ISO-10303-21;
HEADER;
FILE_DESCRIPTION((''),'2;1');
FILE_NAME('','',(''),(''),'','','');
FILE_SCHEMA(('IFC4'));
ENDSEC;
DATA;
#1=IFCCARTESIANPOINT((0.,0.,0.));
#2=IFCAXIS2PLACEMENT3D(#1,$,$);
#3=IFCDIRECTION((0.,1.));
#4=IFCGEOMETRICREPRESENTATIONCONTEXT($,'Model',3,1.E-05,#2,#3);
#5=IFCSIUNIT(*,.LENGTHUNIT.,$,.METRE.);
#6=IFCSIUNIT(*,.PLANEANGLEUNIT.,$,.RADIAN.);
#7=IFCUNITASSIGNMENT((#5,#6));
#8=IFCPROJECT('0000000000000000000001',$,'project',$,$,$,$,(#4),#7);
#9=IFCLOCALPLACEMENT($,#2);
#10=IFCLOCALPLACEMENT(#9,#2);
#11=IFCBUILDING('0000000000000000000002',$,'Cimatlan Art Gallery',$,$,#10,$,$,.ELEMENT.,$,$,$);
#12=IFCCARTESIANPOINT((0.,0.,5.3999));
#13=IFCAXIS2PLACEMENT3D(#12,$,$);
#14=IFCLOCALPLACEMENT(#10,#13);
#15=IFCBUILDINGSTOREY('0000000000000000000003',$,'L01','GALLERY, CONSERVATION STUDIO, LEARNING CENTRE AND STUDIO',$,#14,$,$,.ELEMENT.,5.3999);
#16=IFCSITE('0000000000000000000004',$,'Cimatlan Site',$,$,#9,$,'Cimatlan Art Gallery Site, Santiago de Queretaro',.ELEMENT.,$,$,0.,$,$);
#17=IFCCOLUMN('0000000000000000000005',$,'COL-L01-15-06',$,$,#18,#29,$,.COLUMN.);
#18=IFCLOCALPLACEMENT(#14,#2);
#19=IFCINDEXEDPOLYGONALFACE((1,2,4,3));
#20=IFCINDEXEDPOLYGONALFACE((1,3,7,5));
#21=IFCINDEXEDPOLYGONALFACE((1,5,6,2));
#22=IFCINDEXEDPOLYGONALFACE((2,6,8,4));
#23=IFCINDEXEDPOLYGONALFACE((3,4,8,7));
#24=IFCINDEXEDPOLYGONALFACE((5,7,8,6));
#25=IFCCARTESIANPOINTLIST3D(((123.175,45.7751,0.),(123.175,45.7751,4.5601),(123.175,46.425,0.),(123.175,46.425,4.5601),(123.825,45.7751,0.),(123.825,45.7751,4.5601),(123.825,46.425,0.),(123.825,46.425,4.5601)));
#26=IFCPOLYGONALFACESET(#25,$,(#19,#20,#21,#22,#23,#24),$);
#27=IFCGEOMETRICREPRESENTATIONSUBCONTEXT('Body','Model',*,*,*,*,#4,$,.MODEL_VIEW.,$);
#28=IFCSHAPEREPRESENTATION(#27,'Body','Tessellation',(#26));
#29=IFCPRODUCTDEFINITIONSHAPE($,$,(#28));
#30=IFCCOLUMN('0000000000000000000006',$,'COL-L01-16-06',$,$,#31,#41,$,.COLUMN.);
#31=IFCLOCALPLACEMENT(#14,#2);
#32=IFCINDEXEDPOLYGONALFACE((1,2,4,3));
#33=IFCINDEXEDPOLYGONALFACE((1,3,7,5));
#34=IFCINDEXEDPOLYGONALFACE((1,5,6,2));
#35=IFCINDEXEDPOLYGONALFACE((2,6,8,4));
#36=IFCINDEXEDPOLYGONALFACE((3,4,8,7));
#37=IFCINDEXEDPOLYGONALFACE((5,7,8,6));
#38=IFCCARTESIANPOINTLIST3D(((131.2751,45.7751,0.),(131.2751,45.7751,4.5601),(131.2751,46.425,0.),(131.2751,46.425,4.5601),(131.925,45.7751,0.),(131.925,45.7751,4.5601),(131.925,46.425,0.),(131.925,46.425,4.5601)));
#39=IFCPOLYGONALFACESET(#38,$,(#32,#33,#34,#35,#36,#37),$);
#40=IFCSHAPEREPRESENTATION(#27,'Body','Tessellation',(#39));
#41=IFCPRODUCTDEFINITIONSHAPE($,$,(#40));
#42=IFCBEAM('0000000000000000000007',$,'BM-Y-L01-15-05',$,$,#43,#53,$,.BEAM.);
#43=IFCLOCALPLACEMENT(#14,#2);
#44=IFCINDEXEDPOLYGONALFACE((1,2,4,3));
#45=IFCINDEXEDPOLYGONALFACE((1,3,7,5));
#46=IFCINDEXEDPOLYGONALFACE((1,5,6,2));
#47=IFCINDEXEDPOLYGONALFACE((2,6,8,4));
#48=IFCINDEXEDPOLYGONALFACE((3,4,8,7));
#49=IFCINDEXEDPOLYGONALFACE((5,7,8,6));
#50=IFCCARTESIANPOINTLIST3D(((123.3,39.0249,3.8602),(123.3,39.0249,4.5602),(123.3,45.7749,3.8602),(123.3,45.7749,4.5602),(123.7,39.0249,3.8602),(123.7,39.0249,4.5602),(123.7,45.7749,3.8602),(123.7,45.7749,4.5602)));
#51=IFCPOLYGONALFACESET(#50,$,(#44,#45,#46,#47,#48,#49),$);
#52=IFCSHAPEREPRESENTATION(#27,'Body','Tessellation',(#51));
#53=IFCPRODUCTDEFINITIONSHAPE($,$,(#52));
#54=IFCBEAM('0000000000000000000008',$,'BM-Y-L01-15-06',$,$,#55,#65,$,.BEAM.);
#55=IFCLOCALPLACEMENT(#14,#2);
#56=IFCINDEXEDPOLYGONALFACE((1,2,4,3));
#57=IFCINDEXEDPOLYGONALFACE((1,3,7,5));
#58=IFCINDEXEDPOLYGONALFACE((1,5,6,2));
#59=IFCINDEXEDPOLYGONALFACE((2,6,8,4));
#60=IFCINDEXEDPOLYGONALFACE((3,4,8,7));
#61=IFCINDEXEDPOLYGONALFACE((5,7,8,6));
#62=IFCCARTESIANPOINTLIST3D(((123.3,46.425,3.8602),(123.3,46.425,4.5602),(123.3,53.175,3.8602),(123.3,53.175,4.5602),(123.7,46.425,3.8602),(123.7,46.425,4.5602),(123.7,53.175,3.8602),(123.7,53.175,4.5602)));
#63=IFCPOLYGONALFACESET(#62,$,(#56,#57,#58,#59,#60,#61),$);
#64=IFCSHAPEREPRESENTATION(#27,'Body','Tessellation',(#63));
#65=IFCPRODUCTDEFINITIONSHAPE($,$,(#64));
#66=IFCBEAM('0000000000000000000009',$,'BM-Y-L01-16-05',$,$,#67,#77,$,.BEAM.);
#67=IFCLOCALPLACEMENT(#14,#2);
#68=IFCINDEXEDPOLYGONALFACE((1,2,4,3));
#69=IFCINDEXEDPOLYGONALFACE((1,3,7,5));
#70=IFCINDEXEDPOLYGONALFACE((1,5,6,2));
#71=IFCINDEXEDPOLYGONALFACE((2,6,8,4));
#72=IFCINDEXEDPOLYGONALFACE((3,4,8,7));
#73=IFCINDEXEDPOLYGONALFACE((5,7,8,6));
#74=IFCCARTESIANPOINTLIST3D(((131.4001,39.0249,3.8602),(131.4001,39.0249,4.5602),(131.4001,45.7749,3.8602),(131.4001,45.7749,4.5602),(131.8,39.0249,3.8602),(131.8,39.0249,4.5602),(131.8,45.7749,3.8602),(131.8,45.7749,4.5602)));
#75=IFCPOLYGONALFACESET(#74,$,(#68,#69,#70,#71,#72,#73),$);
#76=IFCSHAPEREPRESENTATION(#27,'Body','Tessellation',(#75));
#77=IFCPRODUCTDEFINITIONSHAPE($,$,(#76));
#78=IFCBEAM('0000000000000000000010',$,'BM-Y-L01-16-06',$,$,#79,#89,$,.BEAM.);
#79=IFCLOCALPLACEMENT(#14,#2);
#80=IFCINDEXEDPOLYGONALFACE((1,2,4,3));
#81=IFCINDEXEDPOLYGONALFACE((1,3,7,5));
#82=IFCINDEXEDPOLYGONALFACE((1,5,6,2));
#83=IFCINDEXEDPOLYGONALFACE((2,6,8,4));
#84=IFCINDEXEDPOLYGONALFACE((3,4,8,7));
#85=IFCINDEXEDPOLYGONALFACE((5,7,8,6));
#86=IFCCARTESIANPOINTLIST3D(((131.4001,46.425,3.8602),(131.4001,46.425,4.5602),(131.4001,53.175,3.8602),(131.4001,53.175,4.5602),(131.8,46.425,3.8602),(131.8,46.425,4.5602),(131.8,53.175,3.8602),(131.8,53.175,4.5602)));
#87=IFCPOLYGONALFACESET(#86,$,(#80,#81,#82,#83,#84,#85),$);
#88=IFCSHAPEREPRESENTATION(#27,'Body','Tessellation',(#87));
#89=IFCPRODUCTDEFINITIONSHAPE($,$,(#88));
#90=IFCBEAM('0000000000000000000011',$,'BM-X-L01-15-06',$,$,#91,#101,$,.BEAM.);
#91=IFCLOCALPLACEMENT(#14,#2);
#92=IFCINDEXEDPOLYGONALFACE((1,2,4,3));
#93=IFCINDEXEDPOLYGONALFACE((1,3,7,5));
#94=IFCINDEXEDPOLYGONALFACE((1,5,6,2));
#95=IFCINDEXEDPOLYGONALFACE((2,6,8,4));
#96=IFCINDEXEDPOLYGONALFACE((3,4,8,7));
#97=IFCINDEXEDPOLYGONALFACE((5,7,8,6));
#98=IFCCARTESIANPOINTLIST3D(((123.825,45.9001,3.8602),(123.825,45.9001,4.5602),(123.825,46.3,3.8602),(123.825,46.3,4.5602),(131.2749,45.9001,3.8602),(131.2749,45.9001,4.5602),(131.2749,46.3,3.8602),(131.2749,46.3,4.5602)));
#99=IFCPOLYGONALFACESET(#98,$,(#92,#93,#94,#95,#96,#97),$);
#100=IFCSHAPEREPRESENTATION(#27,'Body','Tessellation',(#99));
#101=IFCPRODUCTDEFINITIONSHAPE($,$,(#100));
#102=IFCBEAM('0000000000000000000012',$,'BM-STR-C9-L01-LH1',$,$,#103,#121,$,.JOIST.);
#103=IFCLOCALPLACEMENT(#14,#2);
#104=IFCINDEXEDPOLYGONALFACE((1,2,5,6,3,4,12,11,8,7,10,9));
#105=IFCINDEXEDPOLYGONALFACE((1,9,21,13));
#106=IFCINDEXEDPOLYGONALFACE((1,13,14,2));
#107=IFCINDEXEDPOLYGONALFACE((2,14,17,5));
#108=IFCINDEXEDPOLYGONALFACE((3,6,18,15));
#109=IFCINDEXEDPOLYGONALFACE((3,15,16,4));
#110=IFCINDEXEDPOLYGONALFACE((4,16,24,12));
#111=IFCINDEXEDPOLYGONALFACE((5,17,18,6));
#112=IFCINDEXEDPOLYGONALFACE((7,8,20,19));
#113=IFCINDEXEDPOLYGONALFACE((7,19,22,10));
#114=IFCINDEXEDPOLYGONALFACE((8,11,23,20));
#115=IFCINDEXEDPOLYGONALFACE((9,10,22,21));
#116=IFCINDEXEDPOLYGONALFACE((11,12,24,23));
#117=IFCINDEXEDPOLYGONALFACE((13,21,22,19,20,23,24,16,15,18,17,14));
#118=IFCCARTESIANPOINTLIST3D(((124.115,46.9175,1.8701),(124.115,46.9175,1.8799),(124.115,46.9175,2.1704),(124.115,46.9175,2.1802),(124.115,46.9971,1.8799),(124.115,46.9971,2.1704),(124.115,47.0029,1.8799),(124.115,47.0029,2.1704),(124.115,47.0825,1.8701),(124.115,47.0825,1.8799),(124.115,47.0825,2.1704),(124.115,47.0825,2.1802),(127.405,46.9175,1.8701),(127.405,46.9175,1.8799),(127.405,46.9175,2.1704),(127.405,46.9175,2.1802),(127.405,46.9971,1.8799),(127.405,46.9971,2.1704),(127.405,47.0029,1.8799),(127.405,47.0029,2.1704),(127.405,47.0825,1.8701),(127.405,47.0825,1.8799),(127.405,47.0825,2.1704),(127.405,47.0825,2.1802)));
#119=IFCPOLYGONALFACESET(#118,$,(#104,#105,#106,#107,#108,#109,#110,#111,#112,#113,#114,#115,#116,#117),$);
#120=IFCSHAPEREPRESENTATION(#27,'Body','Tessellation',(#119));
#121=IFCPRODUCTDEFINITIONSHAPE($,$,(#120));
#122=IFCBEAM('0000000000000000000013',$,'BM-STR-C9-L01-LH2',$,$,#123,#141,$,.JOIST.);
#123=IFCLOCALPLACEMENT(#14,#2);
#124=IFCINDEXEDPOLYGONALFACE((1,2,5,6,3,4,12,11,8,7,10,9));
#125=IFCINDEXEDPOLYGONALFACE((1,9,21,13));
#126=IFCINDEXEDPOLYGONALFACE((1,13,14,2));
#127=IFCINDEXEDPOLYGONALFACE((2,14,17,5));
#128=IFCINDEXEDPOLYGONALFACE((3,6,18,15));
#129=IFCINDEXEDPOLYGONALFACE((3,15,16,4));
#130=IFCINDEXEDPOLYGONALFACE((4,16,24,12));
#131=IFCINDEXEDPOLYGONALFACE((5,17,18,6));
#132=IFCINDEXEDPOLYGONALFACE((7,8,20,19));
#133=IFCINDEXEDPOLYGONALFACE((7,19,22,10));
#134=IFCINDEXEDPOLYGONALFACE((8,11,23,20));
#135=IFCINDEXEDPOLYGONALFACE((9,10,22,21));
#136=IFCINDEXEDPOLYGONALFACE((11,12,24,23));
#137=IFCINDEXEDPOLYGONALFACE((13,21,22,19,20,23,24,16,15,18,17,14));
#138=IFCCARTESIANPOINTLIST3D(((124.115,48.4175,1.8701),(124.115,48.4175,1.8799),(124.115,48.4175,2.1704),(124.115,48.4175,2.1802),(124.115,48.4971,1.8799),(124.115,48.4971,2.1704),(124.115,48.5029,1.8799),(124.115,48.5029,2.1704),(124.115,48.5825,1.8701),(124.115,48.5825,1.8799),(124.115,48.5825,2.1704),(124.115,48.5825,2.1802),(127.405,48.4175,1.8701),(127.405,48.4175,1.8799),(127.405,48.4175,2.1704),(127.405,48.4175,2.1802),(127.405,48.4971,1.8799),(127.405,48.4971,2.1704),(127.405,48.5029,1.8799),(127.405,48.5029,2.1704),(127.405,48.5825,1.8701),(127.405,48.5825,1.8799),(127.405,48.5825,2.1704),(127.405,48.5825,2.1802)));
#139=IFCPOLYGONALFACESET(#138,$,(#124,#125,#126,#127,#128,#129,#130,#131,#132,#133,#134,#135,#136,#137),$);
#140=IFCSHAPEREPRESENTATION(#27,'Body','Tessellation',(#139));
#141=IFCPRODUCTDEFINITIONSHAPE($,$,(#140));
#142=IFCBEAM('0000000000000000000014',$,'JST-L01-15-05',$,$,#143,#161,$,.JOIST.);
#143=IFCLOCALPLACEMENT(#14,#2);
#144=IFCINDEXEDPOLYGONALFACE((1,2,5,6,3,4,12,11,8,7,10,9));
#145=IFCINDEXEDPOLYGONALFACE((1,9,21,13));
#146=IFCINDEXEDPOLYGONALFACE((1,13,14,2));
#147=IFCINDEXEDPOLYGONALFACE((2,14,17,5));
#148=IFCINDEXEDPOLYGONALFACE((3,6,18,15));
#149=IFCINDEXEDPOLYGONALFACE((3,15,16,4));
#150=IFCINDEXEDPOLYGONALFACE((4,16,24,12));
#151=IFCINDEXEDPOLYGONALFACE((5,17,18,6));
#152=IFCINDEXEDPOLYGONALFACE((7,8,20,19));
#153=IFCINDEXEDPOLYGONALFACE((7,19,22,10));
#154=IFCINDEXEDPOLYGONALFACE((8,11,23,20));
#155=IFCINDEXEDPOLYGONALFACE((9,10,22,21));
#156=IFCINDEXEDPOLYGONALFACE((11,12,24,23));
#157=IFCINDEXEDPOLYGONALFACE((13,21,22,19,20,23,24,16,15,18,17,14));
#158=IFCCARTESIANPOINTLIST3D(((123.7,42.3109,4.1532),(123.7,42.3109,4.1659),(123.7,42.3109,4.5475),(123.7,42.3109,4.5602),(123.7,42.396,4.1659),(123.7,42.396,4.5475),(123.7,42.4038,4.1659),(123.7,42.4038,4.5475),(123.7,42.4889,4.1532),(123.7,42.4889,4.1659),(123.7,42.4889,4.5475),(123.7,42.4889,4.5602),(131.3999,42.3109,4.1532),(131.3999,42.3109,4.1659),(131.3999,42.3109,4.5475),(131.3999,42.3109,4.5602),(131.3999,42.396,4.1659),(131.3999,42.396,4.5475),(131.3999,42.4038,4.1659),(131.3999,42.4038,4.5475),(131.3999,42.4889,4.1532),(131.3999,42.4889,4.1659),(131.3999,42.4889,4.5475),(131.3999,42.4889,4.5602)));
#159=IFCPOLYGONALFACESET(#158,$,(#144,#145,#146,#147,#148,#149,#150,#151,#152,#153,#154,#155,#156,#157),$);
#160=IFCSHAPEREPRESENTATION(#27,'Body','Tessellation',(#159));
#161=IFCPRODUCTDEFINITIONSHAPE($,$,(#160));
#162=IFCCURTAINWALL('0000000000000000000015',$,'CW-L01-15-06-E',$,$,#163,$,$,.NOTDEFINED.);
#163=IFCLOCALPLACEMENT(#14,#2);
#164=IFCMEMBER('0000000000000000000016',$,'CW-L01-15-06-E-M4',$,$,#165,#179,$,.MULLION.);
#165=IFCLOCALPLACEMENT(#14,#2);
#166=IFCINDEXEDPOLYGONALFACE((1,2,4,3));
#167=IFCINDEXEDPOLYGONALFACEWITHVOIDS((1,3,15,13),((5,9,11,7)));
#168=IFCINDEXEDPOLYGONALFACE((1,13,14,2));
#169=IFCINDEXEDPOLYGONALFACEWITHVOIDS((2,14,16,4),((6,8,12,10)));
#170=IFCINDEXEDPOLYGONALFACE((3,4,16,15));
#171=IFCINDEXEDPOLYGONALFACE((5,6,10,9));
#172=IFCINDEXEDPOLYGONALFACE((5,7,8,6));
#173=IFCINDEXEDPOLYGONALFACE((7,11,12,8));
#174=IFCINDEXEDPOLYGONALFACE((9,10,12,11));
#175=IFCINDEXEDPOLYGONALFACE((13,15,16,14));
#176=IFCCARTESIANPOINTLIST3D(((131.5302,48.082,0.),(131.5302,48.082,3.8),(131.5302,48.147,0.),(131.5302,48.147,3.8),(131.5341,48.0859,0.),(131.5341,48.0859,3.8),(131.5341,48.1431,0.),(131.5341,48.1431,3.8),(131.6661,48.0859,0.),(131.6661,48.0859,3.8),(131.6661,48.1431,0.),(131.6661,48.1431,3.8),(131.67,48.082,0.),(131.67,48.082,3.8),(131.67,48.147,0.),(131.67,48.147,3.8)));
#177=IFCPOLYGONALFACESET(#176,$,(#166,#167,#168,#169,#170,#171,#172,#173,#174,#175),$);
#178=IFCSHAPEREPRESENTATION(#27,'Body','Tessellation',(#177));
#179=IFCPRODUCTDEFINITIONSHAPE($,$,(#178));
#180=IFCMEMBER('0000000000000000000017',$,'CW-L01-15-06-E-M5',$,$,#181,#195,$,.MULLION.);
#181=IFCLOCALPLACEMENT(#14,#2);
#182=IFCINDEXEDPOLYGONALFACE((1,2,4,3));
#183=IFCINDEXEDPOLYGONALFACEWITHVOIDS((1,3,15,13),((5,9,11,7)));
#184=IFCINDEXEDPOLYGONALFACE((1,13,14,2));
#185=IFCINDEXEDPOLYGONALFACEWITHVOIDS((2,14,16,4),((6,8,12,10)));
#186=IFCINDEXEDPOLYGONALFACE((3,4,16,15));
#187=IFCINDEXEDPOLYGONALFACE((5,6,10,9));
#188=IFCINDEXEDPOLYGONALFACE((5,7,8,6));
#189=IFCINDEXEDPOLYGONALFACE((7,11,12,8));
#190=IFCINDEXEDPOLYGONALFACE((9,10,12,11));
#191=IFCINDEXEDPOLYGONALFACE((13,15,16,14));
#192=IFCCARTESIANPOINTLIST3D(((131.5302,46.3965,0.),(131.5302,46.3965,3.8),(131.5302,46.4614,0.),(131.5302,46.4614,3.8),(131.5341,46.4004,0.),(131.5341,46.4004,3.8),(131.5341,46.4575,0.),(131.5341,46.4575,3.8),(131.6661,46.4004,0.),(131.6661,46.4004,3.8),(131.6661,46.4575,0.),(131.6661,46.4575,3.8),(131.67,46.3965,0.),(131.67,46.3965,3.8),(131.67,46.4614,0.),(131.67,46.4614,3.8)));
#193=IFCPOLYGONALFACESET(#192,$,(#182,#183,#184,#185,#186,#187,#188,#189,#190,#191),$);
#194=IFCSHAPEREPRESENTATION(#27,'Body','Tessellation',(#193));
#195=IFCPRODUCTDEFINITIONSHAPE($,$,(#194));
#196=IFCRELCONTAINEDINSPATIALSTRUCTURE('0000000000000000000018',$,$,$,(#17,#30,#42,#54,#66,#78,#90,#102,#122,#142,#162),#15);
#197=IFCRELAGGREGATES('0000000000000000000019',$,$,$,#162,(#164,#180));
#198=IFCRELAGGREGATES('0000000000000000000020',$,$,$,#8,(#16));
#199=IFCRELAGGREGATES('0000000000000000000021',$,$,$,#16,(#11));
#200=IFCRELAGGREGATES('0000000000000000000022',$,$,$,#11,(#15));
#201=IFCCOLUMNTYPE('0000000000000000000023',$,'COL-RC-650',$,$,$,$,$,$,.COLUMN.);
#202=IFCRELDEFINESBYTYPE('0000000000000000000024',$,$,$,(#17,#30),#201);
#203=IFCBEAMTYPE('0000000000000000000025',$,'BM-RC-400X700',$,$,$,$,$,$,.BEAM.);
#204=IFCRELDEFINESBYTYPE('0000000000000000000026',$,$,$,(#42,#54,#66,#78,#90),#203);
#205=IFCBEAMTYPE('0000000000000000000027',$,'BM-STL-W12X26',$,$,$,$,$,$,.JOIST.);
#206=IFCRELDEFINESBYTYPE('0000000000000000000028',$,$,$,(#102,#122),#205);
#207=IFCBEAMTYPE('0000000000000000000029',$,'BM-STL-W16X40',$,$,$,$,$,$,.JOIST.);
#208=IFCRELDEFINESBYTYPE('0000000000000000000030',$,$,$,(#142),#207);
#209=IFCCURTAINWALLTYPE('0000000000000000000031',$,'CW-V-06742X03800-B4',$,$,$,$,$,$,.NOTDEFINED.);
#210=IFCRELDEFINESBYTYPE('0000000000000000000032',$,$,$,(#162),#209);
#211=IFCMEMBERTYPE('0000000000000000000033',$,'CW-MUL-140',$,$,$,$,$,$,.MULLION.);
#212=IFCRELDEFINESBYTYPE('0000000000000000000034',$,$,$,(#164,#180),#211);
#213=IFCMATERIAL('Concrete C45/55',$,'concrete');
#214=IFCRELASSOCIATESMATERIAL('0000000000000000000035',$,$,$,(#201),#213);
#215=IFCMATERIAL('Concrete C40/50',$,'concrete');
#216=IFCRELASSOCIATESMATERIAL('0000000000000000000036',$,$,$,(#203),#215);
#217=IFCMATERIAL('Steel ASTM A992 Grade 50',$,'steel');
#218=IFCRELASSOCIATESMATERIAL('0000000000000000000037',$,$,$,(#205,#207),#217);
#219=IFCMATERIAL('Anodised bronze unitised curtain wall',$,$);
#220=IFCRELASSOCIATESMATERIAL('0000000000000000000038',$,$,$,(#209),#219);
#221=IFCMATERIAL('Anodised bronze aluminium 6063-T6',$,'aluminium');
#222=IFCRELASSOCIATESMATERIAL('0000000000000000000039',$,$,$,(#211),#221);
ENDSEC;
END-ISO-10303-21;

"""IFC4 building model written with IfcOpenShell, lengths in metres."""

from ifc_helpers import new_model, si_unit, direction, frame, origin, origin_2d, place, context, subcontext, project, spatial, rectangle, hollow_rectangle, i_section, extrude, material, material_profile, profile_set, type_object, element, aggregate, save


model = new_model("IFC4")

# Units and contexts
model_context = context("Model", 3, precision=1e-05, world=origin(), true_north=direction((0.0, 1.0)))
body_context = subcontext(model_context, "Body", "Model", "MODEL_VIEW")
ifc_project = project(units=[si_unit("LENGTHUNIT", "METRE"), si_unit("PLANEANGLEUNIT", "RADIAN")], contexts=[model_context])

# Site, building, storey
site_placement = place(None, origin())
site = spatial("IfcSite", under=ifc_project, at=site_placement, Name="Cimatlan Site", LongName="Cimatlan Art Gallery Site, Santiago de Queretaro", CompositionType="ELEMENT", RefElevation=0.0)
building_placement = place(site_placement, origin())
building = spatial("IfcBuilding", under=site, at=building_placement, Name="Cimatlan Art Gallery", CompositionType="ELEMENT")
storey_placement = place(building_placement, frame((0.0, 0.0, 5.3999)))
storey = spatial("IfcBuildingStorey", under=building, at=storey_placement, Name="L01", Description="GALLERY, CONSERVATION STUDIO, LEARNING CENTRE AND STUDIO", CompositionType="ELEMENT", Elevation=5.3999)

# Columns
ifc_material_1 = material(Name="Concrete C45/55", Category="concrete")
ifc_material_profile_1 = material_profile(ifc_material_1, rectangle(XDim=0.6499, YDim=0.6499, at=origin_2d()), Name="RC650X650")
ifc_profile_set_1 = profile_set([ifc_material_profile_1], Name="Concrete C45/55")
column_type = type_object("IfcColumnType", Name="COL-RC-650", PredefinedType="COLUMN", material=ifc_profile_set_1)
for number, where, z_axis, x_axis, name in (
    (1, (123.5, 46.1001, 0.0), (0.0, 0.0, 1.0), (1.0, 0.0, 0.0), "COL-L01-15-06"),
    (2, (131.6001, 46.1001, 0.0), (0.0, 0.0, 1.0), (1.0, 0.0, 0.0), "COL-L01-16-06"),
):
    element("IfcColumn", number, at=place(storey_placement, frame(where, z_axis=z_axis, x_axis=x_axis)), inside=storey, type_object=column_type, Name=name, PredefinedType="COLUMN", context=body_context, shape_type="SweptSolid", body=[
        extrude(rectangle(XDim=0.6499, YDim=0.6499, at=origin_2d()), origin(), (0.0, 0.0, 1.0), 4.5601),
    ])

# Beams
ifc_material_2 = material(Name="Concrete C40/50", Category="concrete")
ifc_material_profile_2 = material_profile(ifc_material_2, rectangle(XDim=0.3999, YDim=0.7, at=origin_2d()), Name="RC400X700")
ifc_profile_set_2 = profile_set([ifc_material_profile_2], Name="Concrete C40/50")
beam_type_1 = type_object("IfcBeamType", Name="BM-RC-400X700", PredefinedType="BEAM", material=ifc_profile_set_2)
for number, where, z_axis, x_axis, name in (
    (3, (123.5, 39.0249, 4.2102), (0.0, 1.0, 0.0), (-1.0, 0.0, 0.0), "BM-Y-L01-15-05"),
    (4, (123.5, 46.425, 4.2102), (0.0, 1.0, 0.0), (-1.0, 0.0, 0.0), "BM-Y-L01-15-06"),
    (5, (131.6001, 39.0249, 4.2102), (0.0, 1.0, 0.0), (-1.0, 0.0, 0.0), "BM-Y-L01-16-05"),
    (6, (131.6001, 46.425, 4.2102), (0.0, 1.0, 0.0), (-1.0, 0.0, 0.0), "BM-Y-L01-16-06"),
):
    element("IfcBeam", number, at=place(storey_placement, frame(where, z_axis=z_axis, x_axis=x_axis)), inside=storey, type_object=beam_type_1, Name=name, PredefinedType="BEAM", context=body_context, shape_type="SweptSolid", body=[
        extrude(rectangle(XDim=0.3999, YDim=0.7, at=origin_2d()), origin(), (0.0, 0.0, 1.0), 6.75),
    ])
beam_1_placement = place(storey_placement, frame((123.825, 46.1001, 4.2102), z_axis=(1.0, 0.0, 0.0), x_axis=(0.0, 1.0, 0.0)))
element("IfcBeam", 7, at=beam_1_placement, inside=storey, type_object=beam_type_1, Name="BM-X-L01-15-06", PredefinedType="BEAM", context=body_context, shape_type="SweptSolid", body=[
    extrude(rectangle(XDim=0.3999, YDim=0.7, at=origin_2d()), origin(), (0.0, 0.0, 1.0), 7.45),
])
ifc_material_3 = material(Name="Steel ASTM A992 Grade 50", Category="steel")
ifc_material_profile_3 = material_profile(ifc_material_3, i_section(OverallWidth=0.165, OverallDepth=0.3101, WebThickness=0.0059, FlangeThickness=0.0098, at=origin_2d()), Name="W12X26")
ifc_profile_set_3 = profile_set([ifc_material_profile_3], Name="Steel ASTM A992 Grade 50")
beam_type_2 = type_object("IfcBeamType", Name="BM-STL-W12X26", PredefinedType="JOIST", material=ifc_profile_set_3)
for number, where, z_axis, x_axis, name in (
    (8, (124.115, 47.0, 2.0251), (1.0, 0.0, 0.0), (0.0, 1.0, 0.0), "BM-STR-C9-L01-LH1"),
    (9, (124.115, 48.5, 2.0251), (1.0, 0.0, 0.0), (0.0, 1.0, 0.0), "BM-STR-C9-L01-LH2"),
):
    element("IfcBeam", number, at=place(storey_placement, frame(where, z_axis=z_axis, x_axis=x_axis)), inside=storey, type_object=beam_type_2, Name=name, PredefinedType="JOIST", context=body_context, shape_type="SweptSolid", body=[
        extrude(i_section(OverallWidth=0.165, OverallDepth=0.3101, WebThickness=0.0059, FlangeThickness=0.0098, at=origin_2d()), origin(), (0.0, 0.0, 1.0), 3.29),
    ])
ifc_material_profile_4 = material_profile(ifc_material_3, i_section(OverallWidth=0.178, OverallDepth=0.407, WebThickness=0.0078, FlangeThickness=0.0127, at=origin_2d()), Name="W16X40")
ifc_profile_set_4 = profile_set([ifc_material_profile_4], Name="Steel ASTM A992 Grade 50")
beam_type_3 = type_object("IfcBeamType", Name="BM-STL-W16X40", PredefinedType="JOIST", material=ifc_profile_set_4)
beam_2_placement = place(storey_placement, frame((123.7, 42.3999, 4.3567), z_axis=(1.0, 0.0, 0.0), x_axis=(0.0, 1.0, 0.0)))
element("IfcBeam", 10, at=beam_2_placement, inside=storey, type_object=beam_type_3, Name="JST-L01-15-05", PredefinedType="JOIST", context=body_context, shape_type="SweptSolid", body=[
    extrude(i_section(OverallWidth=0.178, OverallDepth=0.407, WebThickness=0.0078, FlangeThickness=0.0127, at=origin_2d()), origin(), (0.0, 0.0, 1.0), 7.7),
])

# Curtain wall, members
ifc_material_4 = material(Name="Anodised bronze unitised curtain wall")
curtain_wall_type = type_object("IfcCurtainWallType", Name="CW-V-06742X03800-B4", PredefinedType="NOTDEFINED", material=ifc_material_4)
curtain_wall_placement = place(storey_placement, origin())
curtain_wall = element("IfcCurtainWall", 11, at=curtain_wall_placement, inside=storey, type_object=curtain_wall_type, Name="CW-L01-15-06-E", PredefinedType="NOTDEFINED")
ifc_material_5 = material(Name="Anodised bronze aluminium 6063-T6", Category="aluminium")
ifc_material_profile_5 = material_profile(ifc_material_5, hollow_rectangle(XDim=0.0649, YDim=0.1399, WallThickness=0.0039, at=origin_2d()), Name="ALU65X140X4")
ifc_profile_set_5 = profile_set([ifc_material_profile_5], Name="Anodised bronze aluminium 6063-T6")
member_type = type_object("IfcMemberType", Name="CW-MUL-140", PredefinedType="MULLION", material=ifc_profile_set_5)
member_1_placement = place(storey_placement, frame((131.6001, 48.1145, 0.0), z_axis=(0.0, 0.0, 1.0), x_axis=(0.0, 1.0, 0.0)))
member_1 = element("IfcMember", 12, at=member_1_placement, type_object=member_type, Name="CW-L01-15-06-E-M4", PredefinedType="MULLION", context=body_context, shape_type="SweptSolid", body=[
    extrude(hollow_rectangle(XDim=0.0649, YDim=0.1399, WallThickness=0.0039, at=origin_2d()), origin(), (0.0, 0.0, 1.0), 3.8),
])
member_2_placement = place(storey_placement, frame((131.6001, 46.429, 0.0), z_axis=(0.0, 0.0, 1.0), x_axis=(0.0, 1.0, 0.0)))
member_2 = element("IfcMember", 13, at=member_2_placement, type_object=member_type, Name="CW-L01-15-06-E-M5", PredefinedType="MULLION", context=body_context, shape_type="SweptSolid", body=[
    extrude(hollow_rectangle(XDim=0.0649, YDim=0.1399, WallThickness=0.0039, at=origin_2d()), origin(), (0.0, 0.0, 1.0), 3.8),
])
aggregate(curtain_wall, [member_1, member_2])

save(model, "model.ifc")
